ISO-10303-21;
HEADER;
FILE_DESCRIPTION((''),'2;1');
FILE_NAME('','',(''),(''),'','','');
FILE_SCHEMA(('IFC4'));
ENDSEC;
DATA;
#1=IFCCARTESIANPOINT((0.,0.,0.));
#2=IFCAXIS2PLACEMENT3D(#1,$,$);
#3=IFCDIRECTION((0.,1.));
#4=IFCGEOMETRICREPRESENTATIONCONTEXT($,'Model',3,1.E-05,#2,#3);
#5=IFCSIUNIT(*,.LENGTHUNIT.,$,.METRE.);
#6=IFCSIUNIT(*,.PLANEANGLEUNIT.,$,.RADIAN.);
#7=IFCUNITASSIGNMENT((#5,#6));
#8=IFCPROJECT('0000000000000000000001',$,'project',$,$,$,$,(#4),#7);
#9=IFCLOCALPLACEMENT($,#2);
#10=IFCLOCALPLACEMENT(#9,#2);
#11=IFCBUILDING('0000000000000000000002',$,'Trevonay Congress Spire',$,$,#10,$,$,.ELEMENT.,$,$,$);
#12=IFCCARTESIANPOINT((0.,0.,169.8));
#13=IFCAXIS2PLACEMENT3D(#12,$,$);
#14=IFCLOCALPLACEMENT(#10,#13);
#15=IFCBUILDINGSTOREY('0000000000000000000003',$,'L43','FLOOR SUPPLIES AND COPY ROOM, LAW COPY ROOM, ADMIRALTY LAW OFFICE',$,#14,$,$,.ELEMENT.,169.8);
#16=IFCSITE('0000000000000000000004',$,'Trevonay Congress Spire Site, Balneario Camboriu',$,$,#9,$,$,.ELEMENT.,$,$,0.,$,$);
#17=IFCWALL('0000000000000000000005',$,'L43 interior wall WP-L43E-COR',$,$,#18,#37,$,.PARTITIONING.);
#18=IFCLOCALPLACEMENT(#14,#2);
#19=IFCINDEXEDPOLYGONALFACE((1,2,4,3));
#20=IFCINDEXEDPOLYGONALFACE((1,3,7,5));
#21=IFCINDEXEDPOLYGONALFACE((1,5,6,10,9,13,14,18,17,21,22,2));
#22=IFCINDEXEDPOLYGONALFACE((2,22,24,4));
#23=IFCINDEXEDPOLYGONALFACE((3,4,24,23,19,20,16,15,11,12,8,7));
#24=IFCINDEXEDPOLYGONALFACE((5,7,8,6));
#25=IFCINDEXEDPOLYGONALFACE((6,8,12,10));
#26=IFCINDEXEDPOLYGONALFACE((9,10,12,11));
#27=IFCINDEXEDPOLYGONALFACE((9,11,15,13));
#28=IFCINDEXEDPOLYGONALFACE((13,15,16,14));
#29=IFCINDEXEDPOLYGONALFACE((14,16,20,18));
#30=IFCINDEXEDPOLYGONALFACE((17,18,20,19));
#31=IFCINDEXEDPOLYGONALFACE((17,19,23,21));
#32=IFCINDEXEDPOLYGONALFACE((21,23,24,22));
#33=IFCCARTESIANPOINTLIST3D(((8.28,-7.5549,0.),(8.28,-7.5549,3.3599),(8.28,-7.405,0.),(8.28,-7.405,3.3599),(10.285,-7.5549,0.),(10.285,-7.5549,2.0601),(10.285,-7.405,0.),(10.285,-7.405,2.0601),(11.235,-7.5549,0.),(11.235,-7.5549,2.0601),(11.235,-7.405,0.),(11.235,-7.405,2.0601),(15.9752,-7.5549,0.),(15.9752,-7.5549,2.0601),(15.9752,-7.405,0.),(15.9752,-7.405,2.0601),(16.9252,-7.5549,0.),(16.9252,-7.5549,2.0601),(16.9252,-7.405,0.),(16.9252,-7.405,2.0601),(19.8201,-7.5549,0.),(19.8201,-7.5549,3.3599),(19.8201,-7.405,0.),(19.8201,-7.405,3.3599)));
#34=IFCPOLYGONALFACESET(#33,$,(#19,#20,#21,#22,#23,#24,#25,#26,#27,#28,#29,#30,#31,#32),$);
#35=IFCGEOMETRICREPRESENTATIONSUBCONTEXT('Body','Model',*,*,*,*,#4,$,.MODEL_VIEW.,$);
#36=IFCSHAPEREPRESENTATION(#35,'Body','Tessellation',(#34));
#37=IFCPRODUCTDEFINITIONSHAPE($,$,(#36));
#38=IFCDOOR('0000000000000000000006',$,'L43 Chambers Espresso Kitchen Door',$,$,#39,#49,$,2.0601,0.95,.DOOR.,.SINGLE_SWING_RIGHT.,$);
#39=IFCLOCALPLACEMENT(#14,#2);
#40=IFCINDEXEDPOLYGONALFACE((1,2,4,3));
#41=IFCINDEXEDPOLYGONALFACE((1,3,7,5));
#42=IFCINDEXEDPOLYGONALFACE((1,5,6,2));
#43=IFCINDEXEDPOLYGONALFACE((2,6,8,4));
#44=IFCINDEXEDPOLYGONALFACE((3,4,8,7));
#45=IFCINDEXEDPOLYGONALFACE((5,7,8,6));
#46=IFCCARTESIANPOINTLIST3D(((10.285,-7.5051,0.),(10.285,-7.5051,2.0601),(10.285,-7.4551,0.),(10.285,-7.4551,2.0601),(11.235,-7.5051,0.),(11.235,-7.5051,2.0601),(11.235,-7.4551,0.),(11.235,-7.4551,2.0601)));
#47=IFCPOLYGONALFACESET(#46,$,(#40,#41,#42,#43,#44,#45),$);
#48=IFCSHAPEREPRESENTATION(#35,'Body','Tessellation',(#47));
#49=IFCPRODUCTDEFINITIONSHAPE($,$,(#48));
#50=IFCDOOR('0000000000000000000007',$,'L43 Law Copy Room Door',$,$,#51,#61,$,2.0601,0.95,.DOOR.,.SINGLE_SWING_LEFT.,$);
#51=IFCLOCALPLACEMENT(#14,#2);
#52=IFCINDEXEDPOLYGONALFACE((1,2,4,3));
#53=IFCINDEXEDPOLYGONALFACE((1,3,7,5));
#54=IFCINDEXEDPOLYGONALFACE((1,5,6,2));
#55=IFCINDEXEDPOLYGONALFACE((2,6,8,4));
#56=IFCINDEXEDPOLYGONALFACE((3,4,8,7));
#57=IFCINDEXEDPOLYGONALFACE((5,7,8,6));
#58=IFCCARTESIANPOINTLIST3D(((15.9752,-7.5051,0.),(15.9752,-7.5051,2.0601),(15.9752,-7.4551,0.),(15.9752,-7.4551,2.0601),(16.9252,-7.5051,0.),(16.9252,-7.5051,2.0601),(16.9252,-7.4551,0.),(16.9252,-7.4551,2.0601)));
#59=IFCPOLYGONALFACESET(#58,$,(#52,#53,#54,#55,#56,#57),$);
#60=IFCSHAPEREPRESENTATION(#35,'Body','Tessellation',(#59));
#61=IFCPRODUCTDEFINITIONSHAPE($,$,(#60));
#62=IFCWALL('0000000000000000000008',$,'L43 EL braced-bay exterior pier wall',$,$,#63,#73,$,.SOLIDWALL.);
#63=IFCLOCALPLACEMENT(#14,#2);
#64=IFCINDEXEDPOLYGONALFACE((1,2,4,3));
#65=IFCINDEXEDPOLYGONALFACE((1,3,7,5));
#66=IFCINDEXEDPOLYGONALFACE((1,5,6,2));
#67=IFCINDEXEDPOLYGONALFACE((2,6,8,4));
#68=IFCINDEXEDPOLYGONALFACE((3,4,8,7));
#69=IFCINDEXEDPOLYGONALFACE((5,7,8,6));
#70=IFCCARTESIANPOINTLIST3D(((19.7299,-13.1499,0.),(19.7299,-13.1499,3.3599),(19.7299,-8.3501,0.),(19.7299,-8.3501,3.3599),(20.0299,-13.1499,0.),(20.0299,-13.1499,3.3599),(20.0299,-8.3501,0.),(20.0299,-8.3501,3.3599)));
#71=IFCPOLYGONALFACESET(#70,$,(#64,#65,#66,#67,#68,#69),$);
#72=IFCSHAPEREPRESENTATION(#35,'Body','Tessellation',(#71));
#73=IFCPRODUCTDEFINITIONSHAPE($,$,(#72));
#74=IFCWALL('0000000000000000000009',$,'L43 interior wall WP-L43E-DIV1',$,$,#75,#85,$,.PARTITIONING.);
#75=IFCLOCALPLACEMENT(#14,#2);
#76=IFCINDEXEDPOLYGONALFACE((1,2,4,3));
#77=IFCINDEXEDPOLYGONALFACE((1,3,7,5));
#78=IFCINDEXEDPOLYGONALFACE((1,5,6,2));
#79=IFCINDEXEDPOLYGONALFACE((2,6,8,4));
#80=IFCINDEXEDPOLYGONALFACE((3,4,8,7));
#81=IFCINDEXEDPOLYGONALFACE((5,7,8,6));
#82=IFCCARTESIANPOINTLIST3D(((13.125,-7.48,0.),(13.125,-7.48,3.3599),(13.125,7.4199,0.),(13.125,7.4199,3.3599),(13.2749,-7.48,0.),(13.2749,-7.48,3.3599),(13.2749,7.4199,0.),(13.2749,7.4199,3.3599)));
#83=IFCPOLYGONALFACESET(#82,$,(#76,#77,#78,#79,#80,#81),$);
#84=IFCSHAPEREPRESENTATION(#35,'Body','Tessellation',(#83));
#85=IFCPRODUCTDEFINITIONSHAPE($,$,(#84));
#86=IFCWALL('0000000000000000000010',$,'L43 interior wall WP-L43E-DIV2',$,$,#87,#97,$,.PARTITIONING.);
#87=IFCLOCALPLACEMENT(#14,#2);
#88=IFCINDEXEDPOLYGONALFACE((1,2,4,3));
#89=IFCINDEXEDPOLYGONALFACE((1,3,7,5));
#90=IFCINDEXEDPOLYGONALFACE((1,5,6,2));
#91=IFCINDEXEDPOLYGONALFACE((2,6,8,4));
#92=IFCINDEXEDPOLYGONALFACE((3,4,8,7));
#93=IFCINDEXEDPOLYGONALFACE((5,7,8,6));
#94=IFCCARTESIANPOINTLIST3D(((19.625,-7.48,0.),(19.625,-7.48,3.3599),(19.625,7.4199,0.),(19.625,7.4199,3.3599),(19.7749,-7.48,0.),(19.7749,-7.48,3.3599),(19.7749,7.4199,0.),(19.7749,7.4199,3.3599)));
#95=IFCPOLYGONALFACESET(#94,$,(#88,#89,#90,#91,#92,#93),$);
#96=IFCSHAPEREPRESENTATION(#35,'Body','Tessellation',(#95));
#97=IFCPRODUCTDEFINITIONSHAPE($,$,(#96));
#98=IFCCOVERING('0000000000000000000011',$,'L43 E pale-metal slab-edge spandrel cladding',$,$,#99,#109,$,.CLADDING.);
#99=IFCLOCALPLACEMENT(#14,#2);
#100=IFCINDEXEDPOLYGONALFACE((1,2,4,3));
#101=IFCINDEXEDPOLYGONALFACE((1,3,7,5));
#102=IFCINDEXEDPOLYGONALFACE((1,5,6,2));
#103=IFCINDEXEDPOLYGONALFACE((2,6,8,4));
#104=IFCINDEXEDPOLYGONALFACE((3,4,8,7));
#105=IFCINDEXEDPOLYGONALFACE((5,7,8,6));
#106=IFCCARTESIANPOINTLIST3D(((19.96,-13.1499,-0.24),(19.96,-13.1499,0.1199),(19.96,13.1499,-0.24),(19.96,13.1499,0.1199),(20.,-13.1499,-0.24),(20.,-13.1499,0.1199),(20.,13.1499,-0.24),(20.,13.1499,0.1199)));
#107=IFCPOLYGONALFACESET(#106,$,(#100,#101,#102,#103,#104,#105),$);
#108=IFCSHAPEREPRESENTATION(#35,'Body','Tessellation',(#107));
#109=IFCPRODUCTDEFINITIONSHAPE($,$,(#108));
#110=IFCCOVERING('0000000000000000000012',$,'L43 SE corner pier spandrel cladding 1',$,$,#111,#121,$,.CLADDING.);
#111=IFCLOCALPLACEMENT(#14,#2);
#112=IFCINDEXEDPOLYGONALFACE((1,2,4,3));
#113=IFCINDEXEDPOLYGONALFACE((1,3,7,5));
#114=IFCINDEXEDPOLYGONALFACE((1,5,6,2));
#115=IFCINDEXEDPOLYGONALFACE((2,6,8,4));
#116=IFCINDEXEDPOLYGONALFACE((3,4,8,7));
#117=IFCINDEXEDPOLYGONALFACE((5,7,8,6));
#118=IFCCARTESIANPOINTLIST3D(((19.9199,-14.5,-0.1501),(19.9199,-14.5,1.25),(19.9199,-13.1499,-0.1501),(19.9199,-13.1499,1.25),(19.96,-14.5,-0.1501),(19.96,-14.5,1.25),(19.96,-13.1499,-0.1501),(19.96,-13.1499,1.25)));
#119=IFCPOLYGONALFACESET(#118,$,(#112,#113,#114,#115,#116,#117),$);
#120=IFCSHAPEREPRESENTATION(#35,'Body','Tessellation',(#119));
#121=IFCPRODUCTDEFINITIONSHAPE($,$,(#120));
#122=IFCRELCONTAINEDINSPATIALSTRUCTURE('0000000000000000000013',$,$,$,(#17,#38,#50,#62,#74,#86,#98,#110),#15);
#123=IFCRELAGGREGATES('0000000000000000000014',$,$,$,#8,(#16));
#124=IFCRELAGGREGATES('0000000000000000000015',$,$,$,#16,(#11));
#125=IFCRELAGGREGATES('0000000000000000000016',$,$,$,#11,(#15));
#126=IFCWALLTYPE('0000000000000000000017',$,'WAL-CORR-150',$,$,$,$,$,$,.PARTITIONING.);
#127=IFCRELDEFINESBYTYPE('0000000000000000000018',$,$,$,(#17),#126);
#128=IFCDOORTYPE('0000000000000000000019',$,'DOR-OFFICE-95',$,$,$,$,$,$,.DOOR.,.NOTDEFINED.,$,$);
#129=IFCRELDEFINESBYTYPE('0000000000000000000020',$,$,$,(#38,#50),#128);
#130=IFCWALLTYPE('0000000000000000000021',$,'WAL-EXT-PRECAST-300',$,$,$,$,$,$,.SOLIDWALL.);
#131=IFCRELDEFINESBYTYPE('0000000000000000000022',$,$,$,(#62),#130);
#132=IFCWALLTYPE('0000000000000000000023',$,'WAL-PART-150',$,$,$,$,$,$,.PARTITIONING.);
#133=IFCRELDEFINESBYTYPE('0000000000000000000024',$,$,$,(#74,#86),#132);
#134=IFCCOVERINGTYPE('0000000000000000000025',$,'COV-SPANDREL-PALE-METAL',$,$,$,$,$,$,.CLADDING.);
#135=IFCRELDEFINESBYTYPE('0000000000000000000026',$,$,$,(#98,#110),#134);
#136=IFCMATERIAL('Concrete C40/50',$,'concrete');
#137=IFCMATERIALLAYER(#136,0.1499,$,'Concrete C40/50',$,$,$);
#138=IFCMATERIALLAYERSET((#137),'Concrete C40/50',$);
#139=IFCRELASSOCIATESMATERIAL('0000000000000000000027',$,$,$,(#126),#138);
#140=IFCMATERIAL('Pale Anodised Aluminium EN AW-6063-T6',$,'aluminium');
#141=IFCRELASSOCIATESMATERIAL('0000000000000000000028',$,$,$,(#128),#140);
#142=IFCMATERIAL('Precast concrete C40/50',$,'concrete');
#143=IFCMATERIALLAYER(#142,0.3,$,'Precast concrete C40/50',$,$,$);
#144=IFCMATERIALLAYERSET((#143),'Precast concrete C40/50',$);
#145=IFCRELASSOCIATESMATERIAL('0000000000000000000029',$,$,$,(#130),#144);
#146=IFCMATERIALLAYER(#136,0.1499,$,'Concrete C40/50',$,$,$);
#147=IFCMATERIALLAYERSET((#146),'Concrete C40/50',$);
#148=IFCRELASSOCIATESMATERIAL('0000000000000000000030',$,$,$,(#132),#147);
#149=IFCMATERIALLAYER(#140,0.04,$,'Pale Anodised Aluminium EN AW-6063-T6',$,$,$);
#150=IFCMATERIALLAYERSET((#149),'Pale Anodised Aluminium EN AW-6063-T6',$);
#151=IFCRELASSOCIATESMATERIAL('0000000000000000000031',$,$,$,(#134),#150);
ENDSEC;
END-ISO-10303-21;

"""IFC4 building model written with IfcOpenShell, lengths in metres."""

from ifc_helpers import new_model, si_unit, direction, frame, frame_2d, origin, place, context, subcontext, project, spatial, rectangle, extrude, material, layer, layer_set, type_object, element, fill, save


model = new_model("IFC4")

# Units and contexts
model_context = context("Model", 3, precision=1e-05, world=origin(), true_north=direction((0.0, 1.0)))
body_context = subcontext(model_context, "Body", "Model", "MODEL_VIEW")
ifc_project = project(units=[si_unit("LENGTHUNIT", "METRE"), si_unit("PLANEANGLEUNIT", "RADIAN")], contexts=[model_context])

# Site, building, storey
site_placement = place(None, origin())
site = spatial("IfcSite", under=ifc_project, at=site_placement, Name="Trevonay Congress Spire Site, Balneario Camboriu", CompositionType="ELEMENT", RefElevation=0.0)
building_placement = place(site_placement, origin())
building = spatial("IfcBuilding", under=site, at=building_placement, Name="Trevonay Congress Spire", CompositionType="ELEMENT")
storey_placement = place(building_placement, frame((0.0, 0.0, 169.8)))
storey = spatial("IfcBuildingStorey", under=building, at=storey_placement, Name="L43", Description="FLOOR SUPPLIES AND COPY ROOM, LAW COPY ROOM, ADMIRALTY LAW OFFICE", CompositionType="ELEMENT", Elevation=169.8)

# Shared definitions
ifc_material_1 = material(Name="Pale Anodised Aluminium EN AW-6063-T6", Category="aluminium")

# Wall, openings, doors
ifc_material_2 = material(Name="Concrete C40/50", Category="concrete")
ifc_layer_1 = layer(ifc_material_2, 0.1499, Name="Concrete C40/50")
ifc_layer_set_1 = layer_set([ifc_layer_1], Name="Concrete C40/50")
wall_type_1 = type_object("IfcWallType", Name="WAL-CORR-150", PredefinedType="PARTITIONING", material=ifc_layer_set_1)
wall_1_placement = place(storey_placement, frame((8.28, -7.48, 0.0), z_axis=(0.0, 0.0, 1.0), x_axis=(1.0, 0.0, 0.0)))
wall_1 = element("IfcWall", 1, at=wall_1_placement, inside=storey, type_object=wall_type_1, Name="L43 interior wall WP-L43E-COR", PredefinedType="PARTITIONING", context=body_context, shape_type="SweptSolid", body=[
    extrude(rectangle(XDim=11.54, YDim=0.1499, at=frame_2d((5.77, 0.0))), origin(), (0.0, 0.0, 1.0), 3.3599),
])
opening_1_placement = place(wall_1_placement, frame((2.0049, 0.0, 0.0)))
opening_1 = element("IfcOpeningElement", 2, at=opening_1_placement, cuts=wall_1, PredefinedType="OPENING", context=body_context, shape_type="SweptSolid", body=[
    extrude(rectangle(XDim=0.95, YDim=2.0601, at=frame_2d((0.4751, 1.03))), frame((0.0, 0.085, 0.0), z_axis=(0.0, -1.0, 0.0), x_axis=(1.0, 0.0, 0.0)), (0.0, 0.0, 1.0), 0.1699),
])
opening_2_placement = place(wall_1_placement, frame((7.6951, 0.0, 0.0)))
opening_2 = element("IfcOpeningElement", 3, at=opening_2_placement, cuts=wall_1, PredefinedType="OPENING", context=body_context, shape_type="SweptSolid", body=[
    extrude(rectangle(XDim=0.95, YDim=2.0601, at=frame_2d((0.4751, 1.03))), frame((0.0, 0.085, 0.0), z_axis=(0.0, -1.0, 0.0), x_axis=(1.0, 0.0, 0.0)), (0.0, 0.0, 1.0), 0.1699),
])
door_type = type_object("IfcDoorType", Name="DOR-OFFICE-95", OperationType="NOTDEFINED", PredefinedType="DOOR", material=ifc_material_1)
door_1_placement = place(opening_1_placement, origin())
door_1 = element("IfcDoor", 4, at=door_1_placement, inside=storey, type_object=door_type, Name="L43 Chambers Espresso Kitchen Door", OperationType="SINGLE_SWING_RIGHT", OverallHeight=2.0601, OverallWidth=0.95, PredefinedType="DOOR", context=body_context, shape_type="SweptSolid", body=[
    extrude(rectangle(XDim=0.95, YDim=2.0601, at=frame_2d((0.4751, 1.03))), frame((0.0, 0.0249, 0.0), z_axis=(0.0, -1.0, 0.0), x_axis=(1.0, 0.0, 0.0)), (0.0, 0.0, 1.0), 0.05),
])
fill(opening_1, door_1)
door_2_placement = place(opening_2_placement, origin())
door_2 = element("IfcDoor", 5, at=door_2_placement, inside=storey, type_object=door_type, Name="L43 Law Copy Room Door", OperationType="SINGLE_SWING_LEFT", OverallHeight=2.0601, OverallWidth=0.95, PredefinedType="DOOR", context=body_context, shape_type="SweptSolid", body=[
    extrude(rectangle(XDim=0.95, YDim=2.0601, at=frame_2d((0.4751, 1.03))), frame((0.0, 0.0249, 0.0), z_axis=(0.0, -1.0, 0.0), x_axis=(1.0, 0.0, 0.0)), (0.0, 0.0, 1.0), 0.05),
])
fill(opening_2, door_2)

# Walls
ifc_material_3 = material(Name="Precast concrete C40/50", Category="concrete")
ifc_layer_2 = layer(ifc_material_3, 0.3, Name="Precast concrete C40/50")
ifc_layer_set_2 = layer_set([ifc_layer_2], Name="Precast concrete C40/50")
wall_type_2 = type_object("IfcWallType", Name="WAL-EXT-PRECAST-300", PredefinedType="SOLIDWALL", material=ifc_layer_set_2)
wall_2_placement = place(storey_placement, frame((19.8799, -13.1499, 0.0), z_axis=(0.0, 0.0, 1.0), x_axis=(0.0, 1.0, 0.0)))
element("IfcWall", 6, at=wall_2_placement, inside=storey, type_object=wall_type_2, Name="L43 EL braced-bay exterior pier wall", PredefinedType="SOLIDWALL", context=body_context, shape_type="SweptSolid", body=[
    extrude(rectangle(XDim=4.7998, YDim=0.3, at=frame_2d((2.3999, 0.0))), origin(), (0.0, 0.0, 1.0), 3.3599),
])
ifc_layer_3 = layer(ifc_material_2, 0.1499, Name="Concrete C40/50")
ifc_layer_set_3 = layer_set([ifc_layer_3], Name="Concrete C40/50")
wall_type_3 = type_object("IfcWallType", Name="WAL-PART-150", PredefinedType="PARTITIONING", material=ifc_layer_set_3)
for number, where, z_axis, x_axis, name in (
    (7, (13.2, -7.48, 0.0), (0.0, 0.0, 1.0), (0.0, 1.0, 0.0), "L43 interior wall WP-L43E-DIV1"),
    (8, (19.7, -7.48, 0.0), (0.0, 0.0, 1.0), (0.0, 1.0, 0.0), "L43 interior wall WP-L43E-DIV2"),
):
    element("IfcWall", number, at=place(storey_placement, frame(where, z_axis=z_axis, x_axis=x_axis)), inside=storey, type_object=wall_type_3, Name=name, PredefinedType="PARTITIONING", context=body_context, shape_type="SweptSolid", body=[
        extrude(rectangle(XDim=14.8999, YDim=0.1499, at=frame_2d((7.45, 0.0))), origin(), (0.0, 0.0, 1.0), 3.3599),
    ])

# Coverings
ifc_layer_4 = layer(ifc_material_1, 0.04, Name="Pale Anodised Aluminium EN AW-6063-T6")
ifc_layer_set_4 = layer_set([ifc_layer_4], Name="Pale Anodised Aluminium EN AW-6063-T6")
covering_type = type_object("IfcCoveringType", Name="COV-SPANDREL-PALE-METAL", PredefinedType="CLADDING", material=ifc_layer_set_4)
covering_1_placement = place(storey_placement, frame((19.98, -13.1499, -0.24), z_axis=(0.0, 0.0, 1.0), x_axis=(0.0, 1.0, 0.0)))
element("IfcCovering", 9, at=covering_1_placement, inside=storey, type_object=covering_type, Name="L43 E pale-metal slab-edge spandrel cladding", PredefinedType="CLADDING", context=body_context, shape_type="SweptSolid", body=[
    extrude(rectangle(XDim=26.2998, YDim=0.04, at=frame_2d((13.1499, 0.0))), origin(), (0.0, 0.0, 1.0), 0.3599),
])
covering_2_placement = place(storey_placement, frame((19.9399, -13.1499, -0.1501), z_axis=(0.0, 0.0, 1.0), x_axis=(0.0, -1.0, 0.0)))
element("IfcCovering", 10, at=covering_2_placement, inside=storey, type_object=covering_type, Name="L43 SE corner pier spandrel cladding 1", PredefinedType="CLADDING", context=body_context, shape_type="SweptSolid", body=[
    extrude(rectangle(XDim=1.3501, YDim=0.04, at=frame_2d((0.675, 0.0))), origin(), (0.0, 0.0, 1.0), 1.4001),
])

save(model, "model.ifc")
